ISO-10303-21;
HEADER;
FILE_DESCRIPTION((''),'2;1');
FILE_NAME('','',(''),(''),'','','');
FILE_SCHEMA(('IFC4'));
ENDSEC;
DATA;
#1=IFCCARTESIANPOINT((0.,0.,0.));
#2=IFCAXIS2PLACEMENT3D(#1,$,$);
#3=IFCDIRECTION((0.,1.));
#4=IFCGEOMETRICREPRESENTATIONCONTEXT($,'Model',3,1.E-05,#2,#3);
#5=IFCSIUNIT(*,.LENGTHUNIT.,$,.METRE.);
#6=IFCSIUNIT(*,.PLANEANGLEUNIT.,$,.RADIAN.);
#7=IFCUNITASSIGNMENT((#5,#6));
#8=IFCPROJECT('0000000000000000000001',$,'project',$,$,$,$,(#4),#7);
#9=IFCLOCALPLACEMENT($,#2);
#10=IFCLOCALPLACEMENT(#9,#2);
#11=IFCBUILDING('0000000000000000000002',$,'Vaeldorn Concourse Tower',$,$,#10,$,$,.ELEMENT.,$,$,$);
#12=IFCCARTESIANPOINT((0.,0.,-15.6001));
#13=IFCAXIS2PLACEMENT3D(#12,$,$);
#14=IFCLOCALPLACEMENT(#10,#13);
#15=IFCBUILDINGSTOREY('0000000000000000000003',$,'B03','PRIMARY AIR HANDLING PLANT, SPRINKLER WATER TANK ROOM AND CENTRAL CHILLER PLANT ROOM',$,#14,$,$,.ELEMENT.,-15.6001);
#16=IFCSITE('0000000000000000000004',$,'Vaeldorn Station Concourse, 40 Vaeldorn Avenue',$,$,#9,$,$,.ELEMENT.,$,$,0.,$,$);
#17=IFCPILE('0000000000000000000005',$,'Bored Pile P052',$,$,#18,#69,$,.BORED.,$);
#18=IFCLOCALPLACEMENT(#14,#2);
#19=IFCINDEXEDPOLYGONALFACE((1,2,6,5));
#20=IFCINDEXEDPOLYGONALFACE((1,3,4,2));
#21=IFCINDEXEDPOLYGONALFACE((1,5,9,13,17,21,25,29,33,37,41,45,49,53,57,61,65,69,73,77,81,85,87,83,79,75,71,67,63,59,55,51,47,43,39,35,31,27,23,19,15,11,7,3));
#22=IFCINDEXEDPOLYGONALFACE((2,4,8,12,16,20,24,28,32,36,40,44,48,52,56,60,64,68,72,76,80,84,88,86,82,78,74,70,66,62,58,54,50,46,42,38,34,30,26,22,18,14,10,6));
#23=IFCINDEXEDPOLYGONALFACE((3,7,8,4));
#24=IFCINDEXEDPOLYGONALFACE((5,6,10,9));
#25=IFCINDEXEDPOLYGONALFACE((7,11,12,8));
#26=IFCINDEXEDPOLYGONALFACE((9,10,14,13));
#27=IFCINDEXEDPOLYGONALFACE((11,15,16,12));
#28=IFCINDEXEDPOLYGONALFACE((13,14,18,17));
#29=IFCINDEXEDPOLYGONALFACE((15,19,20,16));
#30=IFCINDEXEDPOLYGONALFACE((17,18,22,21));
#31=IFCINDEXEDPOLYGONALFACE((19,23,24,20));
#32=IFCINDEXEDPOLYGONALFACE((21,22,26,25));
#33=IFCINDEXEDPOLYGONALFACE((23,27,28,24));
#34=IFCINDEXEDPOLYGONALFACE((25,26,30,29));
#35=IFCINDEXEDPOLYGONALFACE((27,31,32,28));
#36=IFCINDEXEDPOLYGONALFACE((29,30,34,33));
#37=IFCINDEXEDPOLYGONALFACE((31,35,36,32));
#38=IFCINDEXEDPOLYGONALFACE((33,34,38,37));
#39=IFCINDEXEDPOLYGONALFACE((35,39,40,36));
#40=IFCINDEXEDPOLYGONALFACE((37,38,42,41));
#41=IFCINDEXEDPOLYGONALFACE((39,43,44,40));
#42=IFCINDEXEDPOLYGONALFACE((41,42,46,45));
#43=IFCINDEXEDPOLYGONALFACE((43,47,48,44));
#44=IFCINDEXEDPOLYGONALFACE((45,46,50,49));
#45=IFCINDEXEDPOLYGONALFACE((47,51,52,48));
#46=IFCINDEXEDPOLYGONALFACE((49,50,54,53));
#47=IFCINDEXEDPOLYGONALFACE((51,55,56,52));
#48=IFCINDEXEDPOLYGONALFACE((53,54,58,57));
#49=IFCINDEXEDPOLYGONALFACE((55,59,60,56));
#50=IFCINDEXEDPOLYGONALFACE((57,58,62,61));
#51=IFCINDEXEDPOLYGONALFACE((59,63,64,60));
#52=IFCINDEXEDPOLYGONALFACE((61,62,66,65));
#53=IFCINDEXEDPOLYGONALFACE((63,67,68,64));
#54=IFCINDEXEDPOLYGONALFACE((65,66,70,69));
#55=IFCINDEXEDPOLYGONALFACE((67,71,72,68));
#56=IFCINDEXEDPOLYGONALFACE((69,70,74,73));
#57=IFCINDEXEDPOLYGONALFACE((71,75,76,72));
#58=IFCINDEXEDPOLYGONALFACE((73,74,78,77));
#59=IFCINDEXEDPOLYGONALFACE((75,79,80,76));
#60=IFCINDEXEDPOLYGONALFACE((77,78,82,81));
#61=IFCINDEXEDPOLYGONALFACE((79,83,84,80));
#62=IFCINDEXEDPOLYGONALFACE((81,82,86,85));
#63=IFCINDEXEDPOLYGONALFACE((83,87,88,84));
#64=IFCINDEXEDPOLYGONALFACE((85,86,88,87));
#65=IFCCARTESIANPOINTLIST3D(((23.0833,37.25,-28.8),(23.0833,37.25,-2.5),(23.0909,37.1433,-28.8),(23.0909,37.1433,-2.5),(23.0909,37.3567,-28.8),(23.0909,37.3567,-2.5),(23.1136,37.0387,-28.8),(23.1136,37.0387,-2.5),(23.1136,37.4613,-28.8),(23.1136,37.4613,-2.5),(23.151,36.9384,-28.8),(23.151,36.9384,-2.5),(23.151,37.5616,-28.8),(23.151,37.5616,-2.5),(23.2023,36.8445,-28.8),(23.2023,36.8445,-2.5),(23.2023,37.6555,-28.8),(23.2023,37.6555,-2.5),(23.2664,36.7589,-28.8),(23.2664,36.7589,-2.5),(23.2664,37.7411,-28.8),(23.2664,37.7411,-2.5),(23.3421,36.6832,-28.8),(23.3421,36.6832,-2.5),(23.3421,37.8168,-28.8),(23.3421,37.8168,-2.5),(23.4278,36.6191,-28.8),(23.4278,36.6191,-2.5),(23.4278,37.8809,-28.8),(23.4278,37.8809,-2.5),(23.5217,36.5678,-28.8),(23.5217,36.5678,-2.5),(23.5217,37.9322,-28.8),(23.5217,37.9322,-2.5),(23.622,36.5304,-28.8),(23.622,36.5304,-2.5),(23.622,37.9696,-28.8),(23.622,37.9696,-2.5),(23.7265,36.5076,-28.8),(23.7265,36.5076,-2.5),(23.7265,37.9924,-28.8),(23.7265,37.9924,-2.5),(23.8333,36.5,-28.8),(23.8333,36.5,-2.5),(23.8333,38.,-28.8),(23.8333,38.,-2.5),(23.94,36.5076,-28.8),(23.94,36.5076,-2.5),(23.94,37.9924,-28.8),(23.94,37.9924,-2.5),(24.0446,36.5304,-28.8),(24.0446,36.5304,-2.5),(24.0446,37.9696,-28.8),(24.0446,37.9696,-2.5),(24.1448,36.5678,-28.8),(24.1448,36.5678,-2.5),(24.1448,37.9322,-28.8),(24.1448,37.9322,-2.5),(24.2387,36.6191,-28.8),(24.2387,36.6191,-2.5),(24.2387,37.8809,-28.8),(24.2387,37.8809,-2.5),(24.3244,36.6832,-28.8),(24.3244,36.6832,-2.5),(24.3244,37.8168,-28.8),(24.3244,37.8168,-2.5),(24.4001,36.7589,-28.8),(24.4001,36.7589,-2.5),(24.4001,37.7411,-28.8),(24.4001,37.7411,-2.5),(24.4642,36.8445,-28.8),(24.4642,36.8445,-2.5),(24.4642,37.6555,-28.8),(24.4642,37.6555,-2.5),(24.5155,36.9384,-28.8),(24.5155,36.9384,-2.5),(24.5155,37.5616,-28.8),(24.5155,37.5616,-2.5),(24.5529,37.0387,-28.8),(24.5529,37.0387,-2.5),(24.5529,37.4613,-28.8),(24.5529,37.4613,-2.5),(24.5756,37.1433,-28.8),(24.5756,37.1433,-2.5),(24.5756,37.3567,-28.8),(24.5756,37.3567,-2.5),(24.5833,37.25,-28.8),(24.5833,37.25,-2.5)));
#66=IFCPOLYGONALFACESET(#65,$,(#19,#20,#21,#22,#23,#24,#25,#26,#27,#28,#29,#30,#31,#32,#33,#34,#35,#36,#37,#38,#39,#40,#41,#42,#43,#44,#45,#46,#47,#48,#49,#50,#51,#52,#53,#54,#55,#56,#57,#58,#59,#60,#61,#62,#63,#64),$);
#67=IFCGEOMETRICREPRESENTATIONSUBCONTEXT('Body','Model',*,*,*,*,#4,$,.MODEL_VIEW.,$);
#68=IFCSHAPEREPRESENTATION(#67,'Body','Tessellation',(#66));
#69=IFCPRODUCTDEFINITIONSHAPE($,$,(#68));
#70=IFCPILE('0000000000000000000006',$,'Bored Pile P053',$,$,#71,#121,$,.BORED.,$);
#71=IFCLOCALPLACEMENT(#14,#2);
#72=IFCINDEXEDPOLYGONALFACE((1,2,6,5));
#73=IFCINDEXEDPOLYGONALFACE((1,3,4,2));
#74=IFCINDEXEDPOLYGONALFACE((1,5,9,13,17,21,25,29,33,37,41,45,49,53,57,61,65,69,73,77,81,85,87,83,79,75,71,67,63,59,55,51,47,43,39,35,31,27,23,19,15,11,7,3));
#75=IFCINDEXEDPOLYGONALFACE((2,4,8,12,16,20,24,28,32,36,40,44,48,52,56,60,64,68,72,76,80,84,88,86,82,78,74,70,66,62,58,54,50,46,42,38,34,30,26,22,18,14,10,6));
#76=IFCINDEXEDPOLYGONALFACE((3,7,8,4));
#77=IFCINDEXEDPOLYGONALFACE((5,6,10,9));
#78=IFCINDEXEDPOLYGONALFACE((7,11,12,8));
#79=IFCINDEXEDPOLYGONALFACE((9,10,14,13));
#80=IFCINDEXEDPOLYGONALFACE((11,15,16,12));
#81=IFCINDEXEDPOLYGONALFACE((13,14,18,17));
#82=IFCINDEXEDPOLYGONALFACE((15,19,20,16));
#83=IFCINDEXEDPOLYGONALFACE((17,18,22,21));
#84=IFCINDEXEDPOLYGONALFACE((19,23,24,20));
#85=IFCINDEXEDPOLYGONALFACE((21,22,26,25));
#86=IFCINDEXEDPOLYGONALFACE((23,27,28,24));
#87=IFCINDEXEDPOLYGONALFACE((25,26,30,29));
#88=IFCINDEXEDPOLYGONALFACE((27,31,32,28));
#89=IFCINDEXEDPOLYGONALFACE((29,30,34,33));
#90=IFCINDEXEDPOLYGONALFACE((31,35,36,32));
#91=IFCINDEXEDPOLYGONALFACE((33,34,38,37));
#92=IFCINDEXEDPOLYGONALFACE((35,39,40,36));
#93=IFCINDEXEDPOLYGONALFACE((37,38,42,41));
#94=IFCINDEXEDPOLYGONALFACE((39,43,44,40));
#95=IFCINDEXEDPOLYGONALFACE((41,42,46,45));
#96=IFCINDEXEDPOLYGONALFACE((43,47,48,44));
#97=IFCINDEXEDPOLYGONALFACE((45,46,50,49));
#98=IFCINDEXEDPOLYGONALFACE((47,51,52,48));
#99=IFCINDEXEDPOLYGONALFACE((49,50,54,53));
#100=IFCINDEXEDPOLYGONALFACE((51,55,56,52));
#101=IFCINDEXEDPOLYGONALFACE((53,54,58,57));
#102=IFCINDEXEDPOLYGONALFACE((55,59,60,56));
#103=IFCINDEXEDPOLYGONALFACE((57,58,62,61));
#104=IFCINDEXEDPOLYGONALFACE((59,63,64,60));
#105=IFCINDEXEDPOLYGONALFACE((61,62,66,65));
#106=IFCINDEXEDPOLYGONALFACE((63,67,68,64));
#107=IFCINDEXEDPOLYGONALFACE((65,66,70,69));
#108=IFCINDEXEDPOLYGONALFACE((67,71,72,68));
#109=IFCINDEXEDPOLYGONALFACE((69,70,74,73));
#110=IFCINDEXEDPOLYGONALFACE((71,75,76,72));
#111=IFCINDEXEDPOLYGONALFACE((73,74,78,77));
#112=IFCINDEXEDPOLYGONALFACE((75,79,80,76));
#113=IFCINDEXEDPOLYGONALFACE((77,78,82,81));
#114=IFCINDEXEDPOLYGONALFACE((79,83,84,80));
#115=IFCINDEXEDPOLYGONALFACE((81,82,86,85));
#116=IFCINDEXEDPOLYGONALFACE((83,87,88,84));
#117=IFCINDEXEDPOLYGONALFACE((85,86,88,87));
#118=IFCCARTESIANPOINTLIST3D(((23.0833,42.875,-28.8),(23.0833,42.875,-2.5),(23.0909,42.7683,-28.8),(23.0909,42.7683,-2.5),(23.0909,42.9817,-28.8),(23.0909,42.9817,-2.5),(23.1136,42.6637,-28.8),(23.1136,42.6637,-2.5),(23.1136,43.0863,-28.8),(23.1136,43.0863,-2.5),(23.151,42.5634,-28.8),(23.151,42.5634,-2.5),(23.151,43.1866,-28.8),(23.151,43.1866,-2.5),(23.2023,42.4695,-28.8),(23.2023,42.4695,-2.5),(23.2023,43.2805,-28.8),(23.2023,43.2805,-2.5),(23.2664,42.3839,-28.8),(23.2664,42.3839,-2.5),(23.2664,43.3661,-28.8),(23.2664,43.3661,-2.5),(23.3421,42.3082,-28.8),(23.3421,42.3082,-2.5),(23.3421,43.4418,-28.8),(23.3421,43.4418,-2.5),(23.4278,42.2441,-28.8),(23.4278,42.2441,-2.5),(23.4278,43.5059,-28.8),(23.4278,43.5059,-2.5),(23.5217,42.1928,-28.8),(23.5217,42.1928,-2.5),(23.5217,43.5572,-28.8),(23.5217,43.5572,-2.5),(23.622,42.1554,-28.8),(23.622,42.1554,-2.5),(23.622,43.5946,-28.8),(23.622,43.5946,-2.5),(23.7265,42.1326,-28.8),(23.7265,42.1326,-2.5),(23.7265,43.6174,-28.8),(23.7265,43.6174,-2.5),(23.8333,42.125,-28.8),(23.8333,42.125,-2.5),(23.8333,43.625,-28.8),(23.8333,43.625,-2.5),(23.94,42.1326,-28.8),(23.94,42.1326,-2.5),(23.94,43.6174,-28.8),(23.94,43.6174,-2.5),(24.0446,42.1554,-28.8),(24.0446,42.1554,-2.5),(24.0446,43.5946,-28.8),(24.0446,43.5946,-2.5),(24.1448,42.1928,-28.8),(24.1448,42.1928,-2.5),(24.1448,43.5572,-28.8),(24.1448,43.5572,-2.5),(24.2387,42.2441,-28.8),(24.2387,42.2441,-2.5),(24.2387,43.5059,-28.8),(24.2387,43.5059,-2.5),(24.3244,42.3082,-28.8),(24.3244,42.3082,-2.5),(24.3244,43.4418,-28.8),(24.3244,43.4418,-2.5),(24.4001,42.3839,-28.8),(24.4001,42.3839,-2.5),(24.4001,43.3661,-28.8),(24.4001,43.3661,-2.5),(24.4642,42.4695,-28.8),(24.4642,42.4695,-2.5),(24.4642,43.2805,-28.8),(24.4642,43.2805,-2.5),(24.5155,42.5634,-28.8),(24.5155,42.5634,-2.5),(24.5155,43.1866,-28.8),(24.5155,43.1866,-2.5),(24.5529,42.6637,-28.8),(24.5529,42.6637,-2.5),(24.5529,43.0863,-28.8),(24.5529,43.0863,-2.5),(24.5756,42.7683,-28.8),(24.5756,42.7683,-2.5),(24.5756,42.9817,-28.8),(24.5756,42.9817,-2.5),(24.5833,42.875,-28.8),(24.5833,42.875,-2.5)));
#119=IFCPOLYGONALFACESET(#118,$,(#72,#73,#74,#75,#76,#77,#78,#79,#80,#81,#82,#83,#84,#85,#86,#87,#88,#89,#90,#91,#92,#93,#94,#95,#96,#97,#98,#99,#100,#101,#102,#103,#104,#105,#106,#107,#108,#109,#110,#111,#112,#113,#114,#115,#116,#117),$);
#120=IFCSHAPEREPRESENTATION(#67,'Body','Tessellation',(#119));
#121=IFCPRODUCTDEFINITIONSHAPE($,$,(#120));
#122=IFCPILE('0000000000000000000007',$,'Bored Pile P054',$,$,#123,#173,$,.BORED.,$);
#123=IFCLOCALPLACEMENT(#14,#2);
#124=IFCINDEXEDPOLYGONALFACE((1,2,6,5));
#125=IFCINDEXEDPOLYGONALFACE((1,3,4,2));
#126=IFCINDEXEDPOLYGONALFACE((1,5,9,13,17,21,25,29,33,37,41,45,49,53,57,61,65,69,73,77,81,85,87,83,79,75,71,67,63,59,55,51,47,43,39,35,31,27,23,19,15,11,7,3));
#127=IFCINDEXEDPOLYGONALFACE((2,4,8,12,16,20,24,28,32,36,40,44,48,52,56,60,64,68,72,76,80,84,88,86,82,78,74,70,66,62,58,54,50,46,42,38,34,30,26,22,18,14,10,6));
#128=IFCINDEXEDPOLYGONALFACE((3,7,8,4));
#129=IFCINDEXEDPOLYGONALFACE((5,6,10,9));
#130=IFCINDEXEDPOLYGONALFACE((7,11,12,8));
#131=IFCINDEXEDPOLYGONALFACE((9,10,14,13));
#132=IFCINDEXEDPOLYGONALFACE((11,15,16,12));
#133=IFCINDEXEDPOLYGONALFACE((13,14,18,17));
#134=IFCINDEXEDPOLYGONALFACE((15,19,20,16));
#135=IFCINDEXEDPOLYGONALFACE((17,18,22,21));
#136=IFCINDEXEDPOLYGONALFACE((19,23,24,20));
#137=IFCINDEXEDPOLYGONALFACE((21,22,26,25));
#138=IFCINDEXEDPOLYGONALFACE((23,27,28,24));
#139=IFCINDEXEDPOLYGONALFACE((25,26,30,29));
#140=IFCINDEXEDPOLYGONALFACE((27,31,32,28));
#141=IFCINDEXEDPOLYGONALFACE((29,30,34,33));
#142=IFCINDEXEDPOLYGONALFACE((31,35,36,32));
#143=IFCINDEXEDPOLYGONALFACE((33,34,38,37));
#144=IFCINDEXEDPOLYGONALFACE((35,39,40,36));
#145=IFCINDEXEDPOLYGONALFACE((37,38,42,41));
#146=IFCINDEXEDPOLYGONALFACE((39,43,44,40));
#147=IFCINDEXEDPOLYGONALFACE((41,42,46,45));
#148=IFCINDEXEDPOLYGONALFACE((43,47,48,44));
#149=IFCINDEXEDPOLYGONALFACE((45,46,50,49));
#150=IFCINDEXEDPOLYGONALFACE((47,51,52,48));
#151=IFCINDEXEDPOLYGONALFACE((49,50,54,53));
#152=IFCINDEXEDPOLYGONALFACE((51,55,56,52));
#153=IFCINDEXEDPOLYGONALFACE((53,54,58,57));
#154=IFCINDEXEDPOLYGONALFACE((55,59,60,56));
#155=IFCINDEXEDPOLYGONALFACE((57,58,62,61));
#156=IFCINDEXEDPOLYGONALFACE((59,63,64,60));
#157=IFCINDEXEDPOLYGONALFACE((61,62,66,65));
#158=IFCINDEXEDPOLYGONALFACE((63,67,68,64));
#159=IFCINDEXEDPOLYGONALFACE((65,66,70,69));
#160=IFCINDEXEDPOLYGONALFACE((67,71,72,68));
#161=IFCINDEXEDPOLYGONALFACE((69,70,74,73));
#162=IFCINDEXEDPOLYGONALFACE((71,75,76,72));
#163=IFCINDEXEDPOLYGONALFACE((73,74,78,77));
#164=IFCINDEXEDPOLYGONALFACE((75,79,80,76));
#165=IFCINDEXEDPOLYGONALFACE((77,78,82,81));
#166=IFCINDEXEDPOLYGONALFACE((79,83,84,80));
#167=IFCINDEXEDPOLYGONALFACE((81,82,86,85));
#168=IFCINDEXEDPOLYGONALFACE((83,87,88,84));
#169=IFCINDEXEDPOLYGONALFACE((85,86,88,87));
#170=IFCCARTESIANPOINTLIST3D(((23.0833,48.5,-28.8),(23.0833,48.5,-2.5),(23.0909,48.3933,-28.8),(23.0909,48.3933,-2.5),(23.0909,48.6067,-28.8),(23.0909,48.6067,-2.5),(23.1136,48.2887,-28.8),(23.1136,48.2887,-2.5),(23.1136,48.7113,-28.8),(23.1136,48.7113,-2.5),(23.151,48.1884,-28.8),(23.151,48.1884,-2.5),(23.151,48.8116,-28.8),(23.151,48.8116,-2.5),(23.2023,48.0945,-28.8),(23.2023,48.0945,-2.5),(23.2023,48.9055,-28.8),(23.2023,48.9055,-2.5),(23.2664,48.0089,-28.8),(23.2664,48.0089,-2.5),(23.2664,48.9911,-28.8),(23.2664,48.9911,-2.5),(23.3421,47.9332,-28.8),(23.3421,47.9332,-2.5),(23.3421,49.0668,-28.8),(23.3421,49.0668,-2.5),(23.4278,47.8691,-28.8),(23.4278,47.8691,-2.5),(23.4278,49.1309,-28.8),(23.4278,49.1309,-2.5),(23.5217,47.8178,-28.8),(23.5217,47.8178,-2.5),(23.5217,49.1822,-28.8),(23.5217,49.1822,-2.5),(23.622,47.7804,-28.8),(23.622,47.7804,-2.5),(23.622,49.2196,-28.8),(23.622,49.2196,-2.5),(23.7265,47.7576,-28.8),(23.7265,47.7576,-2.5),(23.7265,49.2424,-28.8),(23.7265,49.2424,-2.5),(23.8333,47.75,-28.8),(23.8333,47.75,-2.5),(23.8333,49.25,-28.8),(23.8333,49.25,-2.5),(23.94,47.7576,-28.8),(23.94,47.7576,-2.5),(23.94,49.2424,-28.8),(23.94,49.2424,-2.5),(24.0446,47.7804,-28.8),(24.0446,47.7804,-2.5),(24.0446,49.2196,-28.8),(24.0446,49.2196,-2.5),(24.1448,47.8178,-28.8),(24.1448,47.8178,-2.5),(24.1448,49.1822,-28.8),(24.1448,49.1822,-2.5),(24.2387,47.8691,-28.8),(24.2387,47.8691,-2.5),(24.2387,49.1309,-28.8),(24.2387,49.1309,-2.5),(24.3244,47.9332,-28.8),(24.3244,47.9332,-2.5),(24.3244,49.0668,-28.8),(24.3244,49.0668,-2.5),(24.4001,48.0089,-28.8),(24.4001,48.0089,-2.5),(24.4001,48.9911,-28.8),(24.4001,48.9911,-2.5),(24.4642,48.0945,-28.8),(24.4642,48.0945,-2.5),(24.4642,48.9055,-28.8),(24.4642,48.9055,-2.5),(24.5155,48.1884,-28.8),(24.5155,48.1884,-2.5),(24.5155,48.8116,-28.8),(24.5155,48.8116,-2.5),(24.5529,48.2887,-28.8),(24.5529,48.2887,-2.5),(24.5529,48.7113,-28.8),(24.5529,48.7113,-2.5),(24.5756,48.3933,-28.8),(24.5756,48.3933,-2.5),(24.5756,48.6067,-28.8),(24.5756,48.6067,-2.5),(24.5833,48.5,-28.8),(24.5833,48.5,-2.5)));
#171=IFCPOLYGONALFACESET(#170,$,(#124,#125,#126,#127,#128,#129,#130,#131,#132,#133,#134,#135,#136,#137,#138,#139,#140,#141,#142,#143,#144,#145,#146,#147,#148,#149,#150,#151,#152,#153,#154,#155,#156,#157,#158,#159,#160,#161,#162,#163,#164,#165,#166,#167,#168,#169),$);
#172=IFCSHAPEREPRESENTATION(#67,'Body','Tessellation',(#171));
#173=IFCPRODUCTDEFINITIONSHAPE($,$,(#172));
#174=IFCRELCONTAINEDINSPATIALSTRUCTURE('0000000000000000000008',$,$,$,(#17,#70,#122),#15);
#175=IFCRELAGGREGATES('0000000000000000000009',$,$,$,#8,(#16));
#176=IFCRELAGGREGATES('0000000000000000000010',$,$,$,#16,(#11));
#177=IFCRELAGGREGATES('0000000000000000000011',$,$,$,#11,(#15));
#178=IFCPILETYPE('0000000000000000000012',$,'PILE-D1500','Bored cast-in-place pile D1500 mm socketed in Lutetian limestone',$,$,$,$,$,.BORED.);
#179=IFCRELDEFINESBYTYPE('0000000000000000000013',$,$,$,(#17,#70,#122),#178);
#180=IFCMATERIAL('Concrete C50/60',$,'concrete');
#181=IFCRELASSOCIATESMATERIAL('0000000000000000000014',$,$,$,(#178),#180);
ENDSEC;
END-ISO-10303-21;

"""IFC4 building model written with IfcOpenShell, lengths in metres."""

from ifc_helpers import new_model, si_unit, direction, frame, origin, origin_2d, place, context, subcontext, project, spatial, circle, extrude, material, material_profile, profile_set, type_object, element, save


model = new_model("IFC4")

# Units and contexts
model_context = context("Model", 3, precision=1e-05, world=origin(), true_north=direction((0.0, 1.0)))
body_context = subcontext(model_context, "Body", "Model", "MODEL_VIEW")
ifc_project = project(units=[si_unit("LENGTHUNIT", "METRE"), si_unit("PLANEANGLEUNIT", "RADIAN")], contexts=[model_context])

# Site, building, storey
site_placement = place(None, origin())
site = spatial("IfcSite", under=ifc_project, at=site_placement, Name="Vaeldorn Station Concourse, 40 Vaeldorn Avenue", CompositionType="ELEMENT", RefElevation=0.0)
building_placement = place(site_placement, origin())
building = spatial("IfcBuilding", under=site, at=building_placement, Name="Vaeldorn Concourse Tower", CompositionType="ELEMENT")
storey_placement = place(building_placement, frame((0.0, 0.0, -15.6001)))
storey = spatial("IfcBuildingStorey", under=building, at=storey_placement, Name="B03", Description="PRIMARY AIR HANDLING PLANT, SPRINKLER WATER TANK ROOM AND CENTRAL CHILLER PLANT ROOM", CompositionType="ELEMENT", Elevation=-15.6001)

# Piles
ifc_material_1 = material(Name="Concrete C50/60", Category="concrete")
ifc_material_profile_1 = material_profile(ifc_material_1, circle(Radius=0.75, at=origin_2d()), Name="BORED PILE D1500")
ifc_profile_set_1 = profile_set([ifc_material_profile_1], Name="Concrete C50/60")
pile_type = type_object("IfcPileType", Name="PILE-D1500", Description="Bored cast-in-place pile D1500 mm socketed in Lutetian limestone", PredefinedType="BORED", material=ifc_profile_set_1)
for number, where, z_axis, x_axis, name in (
    (1, (23.8333, 37.25, -2.5), (0.0, 0.0, -1.0), (1.0, 0.0, 0.0), "Bored Pile P052"),
    (2, (23.8333, 42.875, -2.5), (0.0, 0.0, -1.0), (1.0, 0.0, 0.0), "Bored Pile P053"),
    (3, (23.8333, 48.5, -2.5), (0.0, 0.0, -1.0), (1.0, 0.0, 0.0), "Bored Pile P054"),
):
    element("IfcPile", number, at=place(storey_placement, frame(where, z_axis=z_axis, x_axis=x_axis)), inside=storey, type_object=pile_type, Name=name, PredefinedType="BORED", context=body_context, shape_type="SweptSolid", body=[
        extrude(circle(Radius=0.75, at=origin_2d()), origin(), (0.0, 0.0, 1.0), 26.3),
    ])

save(model, "model.ifc")
